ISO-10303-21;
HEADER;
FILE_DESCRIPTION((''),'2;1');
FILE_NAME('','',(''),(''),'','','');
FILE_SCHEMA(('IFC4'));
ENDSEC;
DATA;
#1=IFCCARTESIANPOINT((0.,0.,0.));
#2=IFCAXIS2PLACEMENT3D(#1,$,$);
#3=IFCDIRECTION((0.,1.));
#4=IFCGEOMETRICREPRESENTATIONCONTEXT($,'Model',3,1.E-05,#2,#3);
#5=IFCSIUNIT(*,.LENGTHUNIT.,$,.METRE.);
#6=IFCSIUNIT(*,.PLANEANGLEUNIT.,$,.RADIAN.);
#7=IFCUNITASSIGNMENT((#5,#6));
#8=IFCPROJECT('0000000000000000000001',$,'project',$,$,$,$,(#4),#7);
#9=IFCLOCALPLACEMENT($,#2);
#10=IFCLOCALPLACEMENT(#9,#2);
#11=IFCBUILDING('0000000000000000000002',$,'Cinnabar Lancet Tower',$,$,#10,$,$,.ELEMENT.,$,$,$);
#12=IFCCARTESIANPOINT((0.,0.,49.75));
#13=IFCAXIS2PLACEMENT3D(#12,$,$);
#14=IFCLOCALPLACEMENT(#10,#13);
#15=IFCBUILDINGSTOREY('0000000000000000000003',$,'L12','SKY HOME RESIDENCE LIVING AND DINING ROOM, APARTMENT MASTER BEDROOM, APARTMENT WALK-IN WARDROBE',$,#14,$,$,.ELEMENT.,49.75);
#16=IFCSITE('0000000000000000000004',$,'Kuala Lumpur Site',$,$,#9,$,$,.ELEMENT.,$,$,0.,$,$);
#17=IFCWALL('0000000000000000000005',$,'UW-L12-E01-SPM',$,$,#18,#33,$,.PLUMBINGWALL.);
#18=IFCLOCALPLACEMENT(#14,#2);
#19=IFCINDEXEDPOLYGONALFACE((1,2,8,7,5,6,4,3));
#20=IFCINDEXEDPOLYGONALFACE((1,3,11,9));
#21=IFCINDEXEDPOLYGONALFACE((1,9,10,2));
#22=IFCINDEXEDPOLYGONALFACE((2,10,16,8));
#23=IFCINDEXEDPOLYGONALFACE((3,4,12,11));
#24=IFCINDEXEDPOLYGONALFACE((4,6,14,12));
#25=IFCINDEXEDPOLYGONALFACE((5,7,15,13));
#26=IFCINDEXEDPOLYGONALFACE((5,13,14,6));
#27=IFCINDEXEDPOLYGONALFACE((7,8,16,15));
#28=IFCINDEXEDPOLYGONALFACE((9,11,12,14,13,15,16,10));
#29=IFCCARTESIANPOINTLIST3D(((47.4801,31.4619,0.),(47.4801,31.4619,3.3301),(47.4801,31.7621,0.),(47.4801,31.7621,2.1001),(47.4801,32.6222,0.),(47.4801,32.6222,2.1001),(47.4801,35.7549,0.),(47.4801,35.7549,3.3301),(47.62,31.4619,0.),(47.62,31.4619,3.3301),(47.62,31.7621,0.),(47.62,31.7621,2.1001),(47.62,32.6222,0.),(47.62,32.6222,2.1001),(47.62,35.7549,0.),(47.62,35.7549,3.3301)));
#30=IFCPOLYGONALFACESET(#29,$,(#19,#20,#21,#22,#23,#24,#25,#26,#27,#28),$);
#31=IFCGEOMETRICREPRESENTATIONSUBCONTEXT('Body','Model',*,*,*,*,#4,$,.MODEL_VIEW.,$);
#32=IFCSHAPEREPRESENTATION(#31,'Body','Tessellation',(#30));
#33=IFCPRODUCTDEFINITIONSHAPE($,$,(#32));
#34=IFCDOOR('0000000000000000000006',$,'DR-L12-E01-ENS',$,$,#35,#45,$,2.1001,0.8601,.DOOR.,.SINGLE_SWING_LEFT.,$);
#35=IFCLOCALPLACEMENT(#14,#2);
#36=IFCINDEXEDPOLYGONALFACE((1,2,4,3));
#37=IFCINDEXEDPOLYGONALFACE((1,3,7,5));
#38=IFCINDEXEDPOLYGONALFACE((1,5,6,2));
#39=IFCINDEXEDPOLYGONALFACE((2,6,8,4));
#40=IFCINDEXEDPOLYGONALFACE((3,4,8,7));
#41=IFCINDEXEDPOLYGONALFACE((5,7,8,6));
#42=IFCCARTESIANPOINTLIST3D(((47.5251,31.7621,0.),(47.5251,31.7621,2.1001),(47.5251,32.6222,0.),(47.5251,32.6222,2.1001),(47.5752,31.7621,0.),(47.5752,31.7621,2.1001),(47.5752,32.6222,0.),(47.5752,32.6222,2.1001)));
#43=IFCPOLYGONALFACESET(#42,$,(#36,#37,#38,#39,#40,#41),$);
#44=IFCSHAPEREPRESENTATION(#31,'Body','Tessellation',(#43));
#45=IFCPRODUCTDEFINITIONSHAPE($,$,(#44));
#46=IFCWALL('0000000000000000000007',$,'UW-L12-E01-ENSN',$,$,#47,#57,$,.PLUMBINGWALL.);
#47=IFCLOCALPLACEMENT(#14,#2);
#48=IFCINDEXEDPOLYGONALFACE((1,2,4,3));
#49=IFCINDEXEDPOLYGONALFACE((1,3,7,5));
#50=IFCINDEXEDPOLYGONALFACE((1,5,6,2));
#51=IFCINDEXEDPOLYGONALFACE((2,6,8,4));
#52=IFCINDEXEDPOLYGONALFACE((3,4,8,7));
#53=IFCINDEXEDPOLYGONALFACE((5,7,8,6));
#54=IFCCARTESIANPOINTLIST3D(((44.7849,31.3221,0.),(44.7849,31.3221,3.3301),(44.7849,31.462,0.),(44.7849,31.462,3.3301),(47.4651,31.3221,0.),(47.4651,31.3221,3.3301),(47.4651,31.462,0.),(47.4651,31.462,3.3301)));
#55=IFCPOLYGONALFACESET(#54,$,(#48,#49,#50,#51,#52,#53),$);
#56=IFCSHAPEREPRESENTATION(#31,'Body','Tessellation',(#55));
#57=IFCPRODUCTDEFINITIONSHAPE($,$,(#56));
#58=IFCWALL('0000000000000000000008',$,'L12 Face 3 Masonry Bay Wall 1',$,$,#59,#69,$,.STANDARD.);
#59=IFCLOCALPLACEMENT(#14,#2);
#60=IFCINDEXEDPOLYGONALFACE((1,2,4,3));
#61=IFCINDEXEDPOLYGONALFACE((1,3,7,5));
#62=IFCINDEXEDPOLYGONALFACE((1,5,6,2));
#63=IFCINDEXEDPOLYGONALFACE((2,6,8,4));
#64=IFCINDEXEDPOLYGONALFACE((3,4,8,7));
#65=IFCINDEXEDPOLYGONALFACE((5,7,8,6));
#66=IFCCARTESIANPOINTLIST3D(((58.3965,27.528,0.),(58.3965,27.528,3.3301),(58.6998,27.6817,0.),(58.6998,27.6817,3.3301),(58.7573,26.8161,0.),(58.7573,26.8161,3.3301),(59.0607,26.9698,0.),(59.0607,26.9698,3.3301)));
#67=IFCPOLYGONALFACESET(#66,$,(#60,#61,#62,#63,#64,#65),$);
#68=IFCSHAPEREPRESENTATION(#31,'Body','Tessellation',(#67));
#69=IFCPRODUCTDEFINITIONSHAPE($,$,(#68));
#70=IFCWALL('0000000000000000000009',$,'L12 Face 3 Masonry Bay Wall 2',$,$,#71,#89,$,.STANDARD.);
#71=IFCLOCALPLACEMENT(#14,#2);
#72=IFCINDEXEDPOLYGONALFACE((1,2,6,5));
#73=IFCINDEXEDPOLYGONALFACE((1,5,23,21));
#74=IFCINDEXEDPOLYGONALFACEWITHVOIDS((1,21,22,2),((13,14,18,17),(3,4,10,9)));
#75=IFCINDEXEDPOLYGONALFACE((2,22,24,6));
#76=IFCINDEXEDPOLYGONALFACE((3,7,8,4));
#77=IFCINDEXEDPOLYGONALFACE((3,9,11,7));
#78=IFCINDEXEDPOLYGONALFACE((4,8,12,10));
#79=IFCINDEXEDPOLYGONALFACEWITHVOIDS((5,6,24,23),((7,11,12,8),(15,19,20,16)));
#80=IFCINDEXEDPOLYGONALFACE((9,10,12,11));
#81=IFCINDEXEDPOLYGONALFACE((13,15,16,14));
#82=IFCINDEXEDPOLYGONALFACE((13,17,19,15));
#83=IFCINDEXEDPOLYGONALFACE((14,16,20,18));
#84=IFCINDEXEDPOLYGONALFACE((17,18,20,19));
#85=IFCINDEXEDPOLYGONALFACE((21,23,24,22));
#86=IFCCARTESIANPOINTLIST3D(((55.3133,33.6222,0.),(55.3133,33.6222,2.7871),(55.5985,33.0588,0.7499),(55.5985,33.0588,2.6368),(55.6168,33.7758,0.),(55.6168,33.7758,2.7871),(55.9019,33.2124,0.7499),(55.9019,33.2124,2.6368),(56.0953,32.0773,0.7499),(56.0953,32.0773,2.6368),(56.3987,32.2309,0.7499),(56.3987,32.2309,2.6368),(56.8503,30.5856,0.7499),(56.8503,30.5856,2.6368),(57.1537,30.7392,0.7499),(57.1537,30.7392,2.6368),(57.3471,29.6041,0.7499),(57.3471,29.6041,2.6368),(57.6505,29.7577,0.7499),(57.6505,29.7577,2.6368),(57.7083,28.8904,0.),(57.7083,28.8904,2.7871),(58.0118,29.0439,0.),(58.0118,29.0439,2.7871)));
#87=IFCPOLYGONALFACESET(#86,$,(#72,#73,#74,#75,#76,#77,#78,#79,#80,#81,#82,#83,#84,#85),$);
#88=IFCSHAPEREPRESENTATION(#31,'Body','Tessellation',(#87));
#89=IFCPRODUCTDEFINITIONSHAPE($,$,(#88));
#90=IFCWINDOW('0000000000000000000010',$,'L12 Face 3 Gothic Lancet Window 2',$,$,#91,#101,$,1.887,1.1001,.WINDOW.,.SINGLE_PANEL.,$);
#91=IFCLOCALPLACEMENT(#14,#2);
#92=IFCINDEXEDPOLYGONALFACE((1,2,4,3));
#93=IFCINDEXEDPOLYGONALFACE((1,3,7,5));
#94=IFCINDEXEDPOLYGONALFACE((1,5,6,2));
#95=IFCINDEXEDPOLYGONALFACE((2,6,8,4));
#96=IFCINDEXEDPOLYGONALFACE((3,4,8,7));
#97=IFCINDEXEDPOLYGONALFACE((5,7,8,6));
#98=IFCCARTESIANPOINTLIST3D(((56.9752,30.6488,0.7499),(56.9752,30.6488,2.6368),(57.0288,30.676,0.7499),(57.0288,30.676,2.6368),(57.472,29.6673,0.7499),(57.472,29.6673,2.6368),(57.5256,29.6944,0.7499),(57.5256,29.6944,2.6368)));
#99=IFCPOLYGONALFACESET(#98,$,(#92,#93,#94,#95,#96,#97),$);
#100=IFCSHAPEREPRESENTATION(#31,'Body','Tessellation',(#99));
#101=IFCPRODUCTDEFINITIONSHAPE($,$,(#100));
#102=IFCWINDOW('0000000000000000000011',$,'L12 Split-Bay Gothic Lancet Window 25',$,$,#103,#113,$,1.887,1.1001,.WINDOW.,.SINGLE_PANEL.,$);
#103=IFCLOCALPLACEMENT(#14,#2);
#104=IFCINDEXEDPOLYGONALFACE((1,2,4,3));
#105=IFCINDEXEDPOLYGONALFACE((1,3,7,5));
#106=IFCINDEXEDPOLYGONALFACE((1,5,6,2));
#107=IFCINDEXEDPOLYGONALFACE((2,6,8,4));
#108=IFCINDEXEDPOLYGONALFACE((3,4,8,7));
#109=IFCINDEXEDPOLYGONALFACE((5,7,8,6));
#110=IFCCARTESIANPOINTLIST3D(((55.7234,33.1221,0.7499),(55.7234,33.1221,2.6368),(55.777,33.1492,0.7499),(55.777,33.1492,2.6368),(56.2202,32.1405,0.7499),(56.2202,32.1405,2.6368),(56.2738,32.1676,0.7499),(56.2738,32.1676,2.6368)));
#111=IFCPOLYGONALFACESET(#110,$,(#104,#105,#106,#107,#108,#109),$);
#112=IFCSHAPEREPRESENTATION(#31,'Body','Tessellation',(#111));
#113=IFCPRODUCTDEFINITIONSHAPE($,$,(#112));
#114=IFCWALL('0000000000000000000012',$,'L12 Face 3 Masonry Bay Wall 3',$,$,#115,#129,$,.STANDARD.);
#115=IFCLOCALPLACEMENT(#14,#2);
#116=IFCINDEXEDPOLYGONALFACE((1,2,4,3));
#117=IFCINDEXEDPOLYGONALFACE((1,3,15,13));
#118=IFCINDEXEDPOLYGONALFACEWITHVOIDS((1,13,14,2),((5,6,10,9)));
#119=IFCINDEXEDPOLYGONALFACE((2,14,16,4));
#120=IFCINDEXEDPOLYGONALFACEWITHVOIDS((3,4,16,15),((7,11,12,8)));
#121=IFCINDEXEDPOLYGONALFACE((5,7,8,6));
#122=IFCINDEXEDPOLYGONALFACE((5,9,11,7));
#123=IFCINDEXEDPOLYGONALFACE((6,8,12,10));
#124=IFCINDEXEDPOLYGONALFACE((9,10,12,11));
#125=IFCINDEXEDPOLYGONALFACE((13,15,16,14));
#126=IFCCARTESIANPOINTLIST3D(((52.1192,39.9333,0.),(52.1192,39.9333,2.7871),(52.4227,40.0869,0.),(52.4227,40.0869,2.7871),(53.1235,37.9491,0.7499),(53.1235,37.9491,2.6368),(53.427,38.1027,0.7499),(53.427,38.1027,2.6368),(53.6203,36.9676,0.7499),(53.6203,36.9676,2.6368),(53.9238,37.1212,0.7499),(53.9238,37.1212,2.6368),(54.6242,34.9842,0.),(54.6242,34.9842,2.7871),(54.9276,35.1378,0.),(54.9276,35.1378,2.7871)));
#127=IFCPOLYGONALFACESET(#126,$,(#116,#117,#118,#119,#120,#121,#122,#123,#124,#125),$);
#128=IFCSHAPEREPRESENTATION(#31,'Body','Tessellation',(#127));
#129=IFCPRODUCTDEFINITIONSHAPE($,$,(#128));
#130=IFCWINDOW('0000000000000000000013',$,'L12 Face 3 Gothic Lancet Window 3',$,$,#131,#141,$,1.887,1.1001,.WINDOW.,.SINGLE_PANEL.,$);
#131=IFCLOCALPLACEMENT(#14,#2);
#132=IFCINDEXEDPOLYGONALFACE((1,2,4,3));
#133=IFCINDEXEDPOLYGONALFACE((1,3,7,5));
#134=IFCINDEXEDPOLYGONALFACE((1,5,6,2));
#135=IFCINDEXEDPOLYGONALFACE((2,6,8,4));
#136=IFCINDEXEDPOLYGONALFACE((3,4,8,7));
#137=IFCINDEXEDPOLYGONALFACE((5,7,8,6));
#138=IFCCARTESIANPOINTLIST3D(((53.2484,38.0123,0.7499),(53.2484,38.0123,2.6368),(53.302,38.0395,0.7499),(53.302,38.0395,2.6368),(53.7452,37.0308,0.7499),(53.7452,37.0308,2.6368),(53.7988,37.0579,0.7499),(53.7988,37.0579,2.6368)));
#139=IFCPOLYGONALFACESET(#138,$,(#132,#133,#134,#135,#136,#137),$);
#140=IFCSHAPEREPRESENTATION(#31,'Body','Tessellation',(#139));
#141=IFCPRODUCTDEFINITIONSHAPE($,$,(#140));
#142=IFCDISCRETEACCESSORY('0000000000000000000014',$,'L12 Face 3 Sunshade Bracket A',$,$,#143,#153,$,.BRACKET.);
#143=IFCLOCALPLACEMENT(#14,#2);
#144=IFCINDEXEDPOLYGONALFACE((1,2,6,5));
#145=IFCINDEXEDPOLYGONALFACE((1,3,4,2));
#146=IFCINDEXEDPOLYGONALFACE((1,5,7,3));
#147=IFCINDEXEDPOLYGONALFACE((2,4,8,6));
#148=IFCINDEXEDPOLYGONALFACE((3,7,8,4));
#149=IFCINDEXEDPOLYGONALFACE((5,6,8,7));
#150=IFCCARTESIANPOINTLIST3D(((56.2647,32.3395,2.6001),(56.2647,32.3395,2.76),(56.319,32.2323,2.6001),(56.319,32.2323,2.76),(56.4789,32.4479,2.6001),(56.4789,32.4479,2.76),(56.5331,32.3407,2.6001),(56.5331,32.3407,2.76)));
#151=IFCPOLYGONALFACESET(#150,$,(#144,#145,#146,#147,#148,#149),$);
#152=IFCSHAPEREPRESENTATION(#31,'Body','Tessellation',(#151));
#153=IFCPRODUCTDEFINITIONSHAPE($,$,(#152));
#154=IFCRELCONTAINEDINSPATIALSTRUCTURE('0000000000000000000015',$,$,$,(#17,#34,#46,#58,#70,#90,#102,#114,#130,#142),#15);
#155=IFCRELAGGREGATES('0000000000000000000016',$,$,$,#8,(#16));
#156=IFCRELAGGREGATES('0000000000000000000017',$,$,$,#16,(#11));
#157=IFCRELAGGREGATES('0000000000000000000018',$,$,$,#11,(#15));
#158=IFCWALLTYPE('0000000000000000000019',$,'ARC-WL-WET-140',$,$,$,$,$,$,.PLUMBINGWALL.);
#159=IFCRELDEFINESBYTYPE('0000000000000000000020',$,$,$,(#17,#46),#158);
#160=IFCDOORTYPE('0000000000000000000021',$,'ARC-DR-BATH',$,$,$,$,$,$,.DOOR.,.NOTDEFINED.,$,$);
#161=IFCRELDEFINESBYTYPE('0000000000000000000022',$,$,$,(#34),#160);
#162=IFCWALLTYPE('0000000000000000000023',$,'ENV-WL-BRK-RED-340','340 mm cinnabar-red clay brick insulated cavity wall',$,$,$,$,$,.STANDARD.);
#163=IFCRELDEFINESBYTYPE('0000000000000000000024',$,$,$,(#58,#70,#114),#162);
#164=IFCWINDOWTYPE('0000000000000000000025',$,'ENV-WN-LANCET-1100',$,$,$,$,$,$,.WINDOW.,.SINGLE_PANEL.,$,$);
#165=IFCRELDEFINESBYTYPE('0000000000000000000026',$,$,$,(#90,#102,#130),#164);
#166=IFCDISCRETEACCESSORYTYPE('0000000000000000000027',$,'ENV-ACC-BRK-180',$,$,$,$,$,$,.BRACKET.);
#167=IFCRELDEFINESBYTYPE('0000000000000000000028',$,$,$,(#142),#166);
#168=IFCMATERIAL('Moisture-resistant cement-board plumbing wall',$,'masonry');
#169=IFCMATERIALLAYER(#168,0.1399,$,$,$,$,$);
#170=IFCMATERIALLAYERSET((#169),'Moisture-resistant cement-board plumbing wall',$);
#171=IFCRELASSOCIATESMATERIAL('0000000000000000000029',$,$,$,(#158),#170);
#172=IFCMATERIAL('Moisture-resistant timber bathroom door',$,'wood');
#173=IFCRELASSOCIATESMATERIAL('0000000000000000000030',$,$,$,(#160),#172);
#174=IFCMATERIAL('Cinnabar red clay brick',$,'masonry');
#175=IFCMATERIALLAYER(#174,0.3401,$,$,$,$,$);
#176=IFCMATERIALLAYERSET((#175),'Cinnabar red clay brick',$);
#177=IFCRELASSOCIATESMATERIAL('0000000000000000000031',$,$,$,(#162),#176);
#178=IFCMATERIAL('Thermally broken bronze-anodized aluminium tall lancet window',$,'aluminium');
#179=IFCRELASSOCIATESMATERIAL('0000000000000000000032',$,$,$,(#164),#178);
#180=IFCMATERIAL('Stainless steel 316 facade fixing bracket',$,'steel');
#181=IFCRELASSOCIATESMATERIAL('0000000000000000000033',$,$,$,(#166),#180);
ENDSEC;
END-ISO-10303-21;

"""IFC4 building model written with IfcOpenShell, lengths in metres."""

from ifc_helpers import new_model, si_unit, direction, frame, frame_2d, origin, origin_2d, place, context, subcontext, project, spatial, rectangle, extrude, material, layer, layer_set, type_object, element, fill, save


model = new_model("IFC4")

# Units and contexts
model_context = context("Model", 3, precision=1e-05, world=origin(), true_north=direction((0.0, 1.0)))
body_context = subcontext(model_context, "Body", "Model", "MODEL_VIEW")
ifc_project = project(units=[si_unit("LENGTHUNIT", "METRE"), si_unit("PLANEANGLEUNIT", "RADIAN")], contexts=[model_context])

# Site, building, storey
site_placement = place(None, origin())
site = spatial("IfcSite", under=ifc_project, at=site_placement, Name="Kuala Lumpur Site", CompositionType="ELEMENT", RefElevation=0.0)
building_placement = place(site_placement, origin())
building = spatial("IfcBuilding", under=site, at=building_placement, Name="Cinnabar Lancet Tower", CompositionType="ELEMENT")
storey_placement = place(building_placement, frame((0.0, 0.0, 49.75)))
storey = spatial("IfcBuildingStorey", under=building, at=storey_placement, Name="L12", Description="SKY HOME RESIDENCE LIVING AND DINING ROOM, APARTMENT MASTER BEDROOM, APARTMENT WALK-IN WARDROBE", CompositionType="ELEMENT", Elevation=49.75)

# Wall, opening, door
ifc_material_1 = material(Name="Moisture-resistant cement-board plumbing wall", Category="masonry")
ifc_layer_1 = layer(ifc_material_1, 0.1399)
ifc_layer_set_1 = layer_set([ifc_layer_1], Name="Moisture-resistant cement-board plumbing wall")
wall_type_1 = type_object("IfcWallType", Name="ARC-WL-WET-140", PredefinedType="PLUMBINGWALL", material=ifc_layer_set_1)
wall_1_placement = place(storey_placement, frame((47.55, 31.4619, 0.0), z_axis=(0.0, 0.0, 1.0), x_axis=(0.0, 1.0, 0.0)))
wall_1 = element("IfcWall", 1, at=wall_1_placement, inside=storey, type_object=wall_type_1, Name="UW-L12-E01-SPM", PredefinedType="PLUMBINGWALL", context=body_context, shape_type="SweptSolid", body=[
    extrude(rectangle(XDim=4.293, YDim=0.1399, at=frame_2d((2.1465, 0.0))), origin(), (0.0, 0.0, 1.0), 3.3301),
])
opening_1_placement = place(wall_1_placement, frame((0.3, 0.0, 0.0)))
opening_1 = element("IfcOpeningElement", 2, at=opening_1_placement, cuts=wall_1, PredefinedType="OPENING", context=body_context, shape_type="SweptSolid", body=[
    extrude(rectangle(XDim=0.8601, YDim=2.1001, at=frame_2d((0.4302, 1.05))), frame((0.0, 0.0798, 0.0), z_axis=(0.0, -1.0, 0.0), x_axis=(1.0, 0.0, 0.0)), (0.0, 0.0, 1.0), 0.1599),
])
ifc_material_2 = material(Name="Moisture-resistant timber bathroom door", Category="wood")
door_type_1 = type_object("IfcDoorType", Name="ARC-DR-BATH", OperationType="NOTDEFINED", PredefinedType="DOOR", material=ifc_material_2)
door_1_placement = place(opening_1_placement, origin())
door_1 = element("IfcDoor", 3, at=door_1_placement, inside=storey, type_object=door_type_1, Name="DR-L12-E01-ENS", OperationType="SINGLE_SWING_LEFT", OverallHeight=2.1001, OverallWidth=0.8601, PredefinedType="DOOR", context=body_context, shape_type="SweptSolid", body=[
    extrude(rectangle(XDim=0.8601, YDim=2.1001, at=frame_2d((0.4302, 1.05))), frame((0.0, 0.0249, 0.0), z_axis=(0.0, -1.0, 0.0), x_axis=(1.0, 0.0, 0.0)), (0.0, 0.0, 1.0), 0.05),
])
fill(opening_1, door_1)

# Walls
wall_2_placement = place(storey_placement, frame((44.7849, 31.3921, 0.0), z_axis=(0.0, 0.0, 1.0), x_axis=(1.0, 0.0, 0.0)))
element("IfcWall", 4, at=wall_2_placement, inside=storey, type_object=wall_type_1, Name="UW-L12-E01-ENSN", PredefinedType="PLUMBINGWALL", context=body_context, shape_type="SweptSolid", body=[
    extrude(rectangle(XDim=2.6802, YDim=0.1399, at=frame_2d((1.3401, 0.0))), origin(), (0.0, 0.0, 1.0), 3.3301),
])
ifc_material_3 = material(Name="Cinnabar red clay brick", Category="masonry")
ifc_layer_2 = layer(ifc_material_3, 0.3401)
ifc_layer_set_2 = layer_set([ifc_layer_2], Name="Cinnabar red clay brick")
wall_type_2 = type_object("IfcWallType", Name="ENV-WL-BRK-RED-340", Description="340 mm cinnabar-red clay brick insulated cavity wall", PredefinedType="STANDARD", material=ifc_layer_set_2)
wall_3_placement = place(storey_placement, frame((58.9089, 26.8931, 0.0), z_axis=(0.0, 0.0, 1.0), x_axis=(-0.452101, 0.891967, 0.0)))
element("IfcWall", 5, at=wall_3_placement, inside=storey, type_object=wall_type_2, Name="L12 Face 3 Masonry Bay Wall 1", PredefinedType="STANDARD", context=body_context, shape_type="SweptSolid", body=[
    extrude(rectangle(XDim=0.7981, YDim=0.3401, at=frame_2d((0.3989, 0.0))), origin(), (0.0, 0.0, 1.0), 3.3301),
])

# Wall, openings, windows
wall_4_placement = place(storey_placement, frame((57.8601, 28.967, 0.0), z_axis=(0.0, 0.0, 1.0), x_axis=(-0.451591, 0.892225, 0.0)))
wall_4 = element("IfcWall", 6, at=wall_4_placement, inside=storey, type_object=wall_type_2, Name="L12 Face 3 Masonry Bay Wall 2", PredefinedType="STANDARD", context=body_context, shape_type="SweptSolid", body=[
    extrude(rectangle(XDim=5.3035, YDim=0.3401, at=frame_2d((2.6519, 0.0))), origin(), (0.0, 0.0, 1.0), 2.7871),
])
opening_2_placement = place(wall_4_placement, frame((0.8, 0.0, 0.75)))
opening_2 = element("IfcOpeningElement", 7, at=opening_2_placement, cuts=wall_4, PredefinedType="OPENING", context=body_context, shape_type="SweptSolid", body=[
    extrude(rectangle(XDim=1.1001, YDim=1.887, at=frame_2d((0.55, 0.9434))), frame((0.0, 0.1799, 0.0), z_axis=(0.0, -1.0, 0.0), x_axis=(1.0, 0.0, 0.0)), (0.0, 0.0, 1.0), 0.3601),
])
opening_3_placement = place(wall_4_placement, frame((3.572, 0.0, 0.75)))
opening_3 = element("IfcOpeningElement", 8, at=opening_3_placement, cuts=wall_4, PredefinedType="OPENING", context=body_context, shape_type="SweptSolid", body=[
    extrude(rectangle(XDim=1.1001, YDim=1.887, at=frame_2d((0.55, 0.9434))), frame((0.0, 0.1799, 0.0), z_axis=(0.0, -1.0, 0.0), x_axis=(1.0, 0.0, 0.0)), (0.0, 0.0, 1.0), 0.3601),
])
ifc_material_4 = material(Name="Thermally broken bronze-anodized aluminium tall lancet window", Category="aluminium")
window_type = type_object("IfcWindowType", Name="ENV-WN-LANCET-1100", PartitioningType="SINGLE_PANEL", PredefinedType="WINDOW", material=ifc_material_4)
window_1_placement = place(opening_2_placement, origin())
window_1 = element("IfcWindow", 9, at=window_1_placement, inside=storey, type_object=window_type, Name="L12 Face 3 Gothic Lancet Window 2", OverallHeight=1.887, OverallWidth=1.1001, PartitioningType="SINGLE_PANEL", PredefinedType="WINDOW", context=body_context, shape_type="SweptSolid", body=[
    extrude(rectangle(XDim=1.1001, YDim=1.887, at=frame_2d((0.55, 0.9434))), frame((0.0, 0.03, 0.0), z_axis=(0.0, -1.0, 0.0), x_axis=(1.0, 0.0, 0.0)), (0.0, 0.0, 1.0), 0.0601),
])
fill(opening_2, window_1)
window_2_placement = place(opening_3_placement, origin())
window_2 = element("IfcWindow", 10, at=window_2_placement, inside=storey, type_object=window_type, Name="L12 Split-Bay Gothic Lancet Window 25", OverallHeight=1.887, OverallWidth=1.1001, PartitioningType="SINGLE_PANEL", PredefinedType="WINDOW", context=body_context, shape_type="SweptSolid", body=[
    extrude(rectangle(XDim=1.1001, YDim=1.887, at=frame_2d((0.55, 0.9434))), frame((0.0, 0.03, 0.0), z_axis=(0.0, -1.0, 0.0), x_axis=(1.0, 0.0, 0.0)), (0.0, 0.0, 1.0), 0.0601),
])
fill(opening_3, window_2)

# Wall, opening, window
wall_5_placement = place(storey_placement, frame((54.7759, 35.061, 0.0), z_axis=(0.0, 0.0, 1.0), x_axis=(-0.451592, 0.892225, 0.0)))
wall_5 = element("IfcWall", 11, at=wall_5_placement, inside=storey, type_object=wall_type_2, Name="L12 Face 3 Masonry Bay Wall 3", PredefinedType="STANDARD", context=body_context, shape_type="SweptSolid", body=[
    extrude(rectangle(XDim=5.5469, YDim=0.3401, at=frame_2d((2.7734, 0.0))), origin(), (0.0, 0.0, 1.0), 2.7871),
])
opening_4_placement = place(wall_5_placement, frame((2.2229, 0.0, 0.75)))
opening_4 = element("IfcOpeningElement", 12, at=opening_4_placement, cuts=wall_5, PredefinedType="OPENING", context=body_context, shape_type="SweptSolid", body=[
    extrude(rectangle(XDim=1.1001, YDim=1.887, at=frame_2d((0.55, 0.9434))), frame((0.0, 0.1799, 0.0), z_axis=(0.0, -1.0, 0.0), x_axis=(1.0, 0.0, 0.0)), (0.0, 0.0, 1.0), 0.3601),
])
window_3_placement = place(opening_4_placement, origin())
window_3 = element("IfcWindow", 13, at=window_3_placement, inside=storey, type_object=window_type, Name="L12 Face 3 Gothic Lancet Window 3", OverallHeight=1.887, OverallWidth=1.1001, PartitioningType="SINGLE_PANEL", PredefinedType="WINDOW", context=body_context, shape_type="SweptSolid", body=[
    extrude(rectangle(XDim=1.1001, YDim=1.887, at=frame_2d((0.55, 0.9434))), frame((0.0, 0.03, 0.0), z_axis=(0.0, -1.0, 0.0), x_axis=(1.0, 0.0, 0.0)), (0.0, 0.0, 1.0), 0.0601),
])
fill(opening_4, window_3)

# Discrete accessory
ifc_material_5 = material(Name="Stainless steel 316 facade fixing bracket", Category="steel")
discrete_accessory_type = type_object("IfcDiscreteAccessoryType", Name="ENV-ACC-BRK-180", PredefinedType="BRACKET", material=ifc_material_5)
discrete_accessory_placement = place(storey_placement, frame((56.3989, 32.3401, 2.6001), z_axis=(0.0, 0.0, 1.0), x_axis=(-0.451501, 0.892271, 0.0)))
element("IfcDiscreteAccessory", 14, at=discrete_accessory_placement, inside=storey, type_object=discrete_accessory_type, Name="L12 Face 3 Sunshade Bracket A", PredefinedType="BRACKET", context=body_context, shape_type="SweptSolid", body=[
    extrude(rectangle(XDim=0.1201, YDim=0.24, at=origin_2d()), origin(), (0.0, 0.0, 1.0), 0.1599),
])

save(model, "model.ifc")
